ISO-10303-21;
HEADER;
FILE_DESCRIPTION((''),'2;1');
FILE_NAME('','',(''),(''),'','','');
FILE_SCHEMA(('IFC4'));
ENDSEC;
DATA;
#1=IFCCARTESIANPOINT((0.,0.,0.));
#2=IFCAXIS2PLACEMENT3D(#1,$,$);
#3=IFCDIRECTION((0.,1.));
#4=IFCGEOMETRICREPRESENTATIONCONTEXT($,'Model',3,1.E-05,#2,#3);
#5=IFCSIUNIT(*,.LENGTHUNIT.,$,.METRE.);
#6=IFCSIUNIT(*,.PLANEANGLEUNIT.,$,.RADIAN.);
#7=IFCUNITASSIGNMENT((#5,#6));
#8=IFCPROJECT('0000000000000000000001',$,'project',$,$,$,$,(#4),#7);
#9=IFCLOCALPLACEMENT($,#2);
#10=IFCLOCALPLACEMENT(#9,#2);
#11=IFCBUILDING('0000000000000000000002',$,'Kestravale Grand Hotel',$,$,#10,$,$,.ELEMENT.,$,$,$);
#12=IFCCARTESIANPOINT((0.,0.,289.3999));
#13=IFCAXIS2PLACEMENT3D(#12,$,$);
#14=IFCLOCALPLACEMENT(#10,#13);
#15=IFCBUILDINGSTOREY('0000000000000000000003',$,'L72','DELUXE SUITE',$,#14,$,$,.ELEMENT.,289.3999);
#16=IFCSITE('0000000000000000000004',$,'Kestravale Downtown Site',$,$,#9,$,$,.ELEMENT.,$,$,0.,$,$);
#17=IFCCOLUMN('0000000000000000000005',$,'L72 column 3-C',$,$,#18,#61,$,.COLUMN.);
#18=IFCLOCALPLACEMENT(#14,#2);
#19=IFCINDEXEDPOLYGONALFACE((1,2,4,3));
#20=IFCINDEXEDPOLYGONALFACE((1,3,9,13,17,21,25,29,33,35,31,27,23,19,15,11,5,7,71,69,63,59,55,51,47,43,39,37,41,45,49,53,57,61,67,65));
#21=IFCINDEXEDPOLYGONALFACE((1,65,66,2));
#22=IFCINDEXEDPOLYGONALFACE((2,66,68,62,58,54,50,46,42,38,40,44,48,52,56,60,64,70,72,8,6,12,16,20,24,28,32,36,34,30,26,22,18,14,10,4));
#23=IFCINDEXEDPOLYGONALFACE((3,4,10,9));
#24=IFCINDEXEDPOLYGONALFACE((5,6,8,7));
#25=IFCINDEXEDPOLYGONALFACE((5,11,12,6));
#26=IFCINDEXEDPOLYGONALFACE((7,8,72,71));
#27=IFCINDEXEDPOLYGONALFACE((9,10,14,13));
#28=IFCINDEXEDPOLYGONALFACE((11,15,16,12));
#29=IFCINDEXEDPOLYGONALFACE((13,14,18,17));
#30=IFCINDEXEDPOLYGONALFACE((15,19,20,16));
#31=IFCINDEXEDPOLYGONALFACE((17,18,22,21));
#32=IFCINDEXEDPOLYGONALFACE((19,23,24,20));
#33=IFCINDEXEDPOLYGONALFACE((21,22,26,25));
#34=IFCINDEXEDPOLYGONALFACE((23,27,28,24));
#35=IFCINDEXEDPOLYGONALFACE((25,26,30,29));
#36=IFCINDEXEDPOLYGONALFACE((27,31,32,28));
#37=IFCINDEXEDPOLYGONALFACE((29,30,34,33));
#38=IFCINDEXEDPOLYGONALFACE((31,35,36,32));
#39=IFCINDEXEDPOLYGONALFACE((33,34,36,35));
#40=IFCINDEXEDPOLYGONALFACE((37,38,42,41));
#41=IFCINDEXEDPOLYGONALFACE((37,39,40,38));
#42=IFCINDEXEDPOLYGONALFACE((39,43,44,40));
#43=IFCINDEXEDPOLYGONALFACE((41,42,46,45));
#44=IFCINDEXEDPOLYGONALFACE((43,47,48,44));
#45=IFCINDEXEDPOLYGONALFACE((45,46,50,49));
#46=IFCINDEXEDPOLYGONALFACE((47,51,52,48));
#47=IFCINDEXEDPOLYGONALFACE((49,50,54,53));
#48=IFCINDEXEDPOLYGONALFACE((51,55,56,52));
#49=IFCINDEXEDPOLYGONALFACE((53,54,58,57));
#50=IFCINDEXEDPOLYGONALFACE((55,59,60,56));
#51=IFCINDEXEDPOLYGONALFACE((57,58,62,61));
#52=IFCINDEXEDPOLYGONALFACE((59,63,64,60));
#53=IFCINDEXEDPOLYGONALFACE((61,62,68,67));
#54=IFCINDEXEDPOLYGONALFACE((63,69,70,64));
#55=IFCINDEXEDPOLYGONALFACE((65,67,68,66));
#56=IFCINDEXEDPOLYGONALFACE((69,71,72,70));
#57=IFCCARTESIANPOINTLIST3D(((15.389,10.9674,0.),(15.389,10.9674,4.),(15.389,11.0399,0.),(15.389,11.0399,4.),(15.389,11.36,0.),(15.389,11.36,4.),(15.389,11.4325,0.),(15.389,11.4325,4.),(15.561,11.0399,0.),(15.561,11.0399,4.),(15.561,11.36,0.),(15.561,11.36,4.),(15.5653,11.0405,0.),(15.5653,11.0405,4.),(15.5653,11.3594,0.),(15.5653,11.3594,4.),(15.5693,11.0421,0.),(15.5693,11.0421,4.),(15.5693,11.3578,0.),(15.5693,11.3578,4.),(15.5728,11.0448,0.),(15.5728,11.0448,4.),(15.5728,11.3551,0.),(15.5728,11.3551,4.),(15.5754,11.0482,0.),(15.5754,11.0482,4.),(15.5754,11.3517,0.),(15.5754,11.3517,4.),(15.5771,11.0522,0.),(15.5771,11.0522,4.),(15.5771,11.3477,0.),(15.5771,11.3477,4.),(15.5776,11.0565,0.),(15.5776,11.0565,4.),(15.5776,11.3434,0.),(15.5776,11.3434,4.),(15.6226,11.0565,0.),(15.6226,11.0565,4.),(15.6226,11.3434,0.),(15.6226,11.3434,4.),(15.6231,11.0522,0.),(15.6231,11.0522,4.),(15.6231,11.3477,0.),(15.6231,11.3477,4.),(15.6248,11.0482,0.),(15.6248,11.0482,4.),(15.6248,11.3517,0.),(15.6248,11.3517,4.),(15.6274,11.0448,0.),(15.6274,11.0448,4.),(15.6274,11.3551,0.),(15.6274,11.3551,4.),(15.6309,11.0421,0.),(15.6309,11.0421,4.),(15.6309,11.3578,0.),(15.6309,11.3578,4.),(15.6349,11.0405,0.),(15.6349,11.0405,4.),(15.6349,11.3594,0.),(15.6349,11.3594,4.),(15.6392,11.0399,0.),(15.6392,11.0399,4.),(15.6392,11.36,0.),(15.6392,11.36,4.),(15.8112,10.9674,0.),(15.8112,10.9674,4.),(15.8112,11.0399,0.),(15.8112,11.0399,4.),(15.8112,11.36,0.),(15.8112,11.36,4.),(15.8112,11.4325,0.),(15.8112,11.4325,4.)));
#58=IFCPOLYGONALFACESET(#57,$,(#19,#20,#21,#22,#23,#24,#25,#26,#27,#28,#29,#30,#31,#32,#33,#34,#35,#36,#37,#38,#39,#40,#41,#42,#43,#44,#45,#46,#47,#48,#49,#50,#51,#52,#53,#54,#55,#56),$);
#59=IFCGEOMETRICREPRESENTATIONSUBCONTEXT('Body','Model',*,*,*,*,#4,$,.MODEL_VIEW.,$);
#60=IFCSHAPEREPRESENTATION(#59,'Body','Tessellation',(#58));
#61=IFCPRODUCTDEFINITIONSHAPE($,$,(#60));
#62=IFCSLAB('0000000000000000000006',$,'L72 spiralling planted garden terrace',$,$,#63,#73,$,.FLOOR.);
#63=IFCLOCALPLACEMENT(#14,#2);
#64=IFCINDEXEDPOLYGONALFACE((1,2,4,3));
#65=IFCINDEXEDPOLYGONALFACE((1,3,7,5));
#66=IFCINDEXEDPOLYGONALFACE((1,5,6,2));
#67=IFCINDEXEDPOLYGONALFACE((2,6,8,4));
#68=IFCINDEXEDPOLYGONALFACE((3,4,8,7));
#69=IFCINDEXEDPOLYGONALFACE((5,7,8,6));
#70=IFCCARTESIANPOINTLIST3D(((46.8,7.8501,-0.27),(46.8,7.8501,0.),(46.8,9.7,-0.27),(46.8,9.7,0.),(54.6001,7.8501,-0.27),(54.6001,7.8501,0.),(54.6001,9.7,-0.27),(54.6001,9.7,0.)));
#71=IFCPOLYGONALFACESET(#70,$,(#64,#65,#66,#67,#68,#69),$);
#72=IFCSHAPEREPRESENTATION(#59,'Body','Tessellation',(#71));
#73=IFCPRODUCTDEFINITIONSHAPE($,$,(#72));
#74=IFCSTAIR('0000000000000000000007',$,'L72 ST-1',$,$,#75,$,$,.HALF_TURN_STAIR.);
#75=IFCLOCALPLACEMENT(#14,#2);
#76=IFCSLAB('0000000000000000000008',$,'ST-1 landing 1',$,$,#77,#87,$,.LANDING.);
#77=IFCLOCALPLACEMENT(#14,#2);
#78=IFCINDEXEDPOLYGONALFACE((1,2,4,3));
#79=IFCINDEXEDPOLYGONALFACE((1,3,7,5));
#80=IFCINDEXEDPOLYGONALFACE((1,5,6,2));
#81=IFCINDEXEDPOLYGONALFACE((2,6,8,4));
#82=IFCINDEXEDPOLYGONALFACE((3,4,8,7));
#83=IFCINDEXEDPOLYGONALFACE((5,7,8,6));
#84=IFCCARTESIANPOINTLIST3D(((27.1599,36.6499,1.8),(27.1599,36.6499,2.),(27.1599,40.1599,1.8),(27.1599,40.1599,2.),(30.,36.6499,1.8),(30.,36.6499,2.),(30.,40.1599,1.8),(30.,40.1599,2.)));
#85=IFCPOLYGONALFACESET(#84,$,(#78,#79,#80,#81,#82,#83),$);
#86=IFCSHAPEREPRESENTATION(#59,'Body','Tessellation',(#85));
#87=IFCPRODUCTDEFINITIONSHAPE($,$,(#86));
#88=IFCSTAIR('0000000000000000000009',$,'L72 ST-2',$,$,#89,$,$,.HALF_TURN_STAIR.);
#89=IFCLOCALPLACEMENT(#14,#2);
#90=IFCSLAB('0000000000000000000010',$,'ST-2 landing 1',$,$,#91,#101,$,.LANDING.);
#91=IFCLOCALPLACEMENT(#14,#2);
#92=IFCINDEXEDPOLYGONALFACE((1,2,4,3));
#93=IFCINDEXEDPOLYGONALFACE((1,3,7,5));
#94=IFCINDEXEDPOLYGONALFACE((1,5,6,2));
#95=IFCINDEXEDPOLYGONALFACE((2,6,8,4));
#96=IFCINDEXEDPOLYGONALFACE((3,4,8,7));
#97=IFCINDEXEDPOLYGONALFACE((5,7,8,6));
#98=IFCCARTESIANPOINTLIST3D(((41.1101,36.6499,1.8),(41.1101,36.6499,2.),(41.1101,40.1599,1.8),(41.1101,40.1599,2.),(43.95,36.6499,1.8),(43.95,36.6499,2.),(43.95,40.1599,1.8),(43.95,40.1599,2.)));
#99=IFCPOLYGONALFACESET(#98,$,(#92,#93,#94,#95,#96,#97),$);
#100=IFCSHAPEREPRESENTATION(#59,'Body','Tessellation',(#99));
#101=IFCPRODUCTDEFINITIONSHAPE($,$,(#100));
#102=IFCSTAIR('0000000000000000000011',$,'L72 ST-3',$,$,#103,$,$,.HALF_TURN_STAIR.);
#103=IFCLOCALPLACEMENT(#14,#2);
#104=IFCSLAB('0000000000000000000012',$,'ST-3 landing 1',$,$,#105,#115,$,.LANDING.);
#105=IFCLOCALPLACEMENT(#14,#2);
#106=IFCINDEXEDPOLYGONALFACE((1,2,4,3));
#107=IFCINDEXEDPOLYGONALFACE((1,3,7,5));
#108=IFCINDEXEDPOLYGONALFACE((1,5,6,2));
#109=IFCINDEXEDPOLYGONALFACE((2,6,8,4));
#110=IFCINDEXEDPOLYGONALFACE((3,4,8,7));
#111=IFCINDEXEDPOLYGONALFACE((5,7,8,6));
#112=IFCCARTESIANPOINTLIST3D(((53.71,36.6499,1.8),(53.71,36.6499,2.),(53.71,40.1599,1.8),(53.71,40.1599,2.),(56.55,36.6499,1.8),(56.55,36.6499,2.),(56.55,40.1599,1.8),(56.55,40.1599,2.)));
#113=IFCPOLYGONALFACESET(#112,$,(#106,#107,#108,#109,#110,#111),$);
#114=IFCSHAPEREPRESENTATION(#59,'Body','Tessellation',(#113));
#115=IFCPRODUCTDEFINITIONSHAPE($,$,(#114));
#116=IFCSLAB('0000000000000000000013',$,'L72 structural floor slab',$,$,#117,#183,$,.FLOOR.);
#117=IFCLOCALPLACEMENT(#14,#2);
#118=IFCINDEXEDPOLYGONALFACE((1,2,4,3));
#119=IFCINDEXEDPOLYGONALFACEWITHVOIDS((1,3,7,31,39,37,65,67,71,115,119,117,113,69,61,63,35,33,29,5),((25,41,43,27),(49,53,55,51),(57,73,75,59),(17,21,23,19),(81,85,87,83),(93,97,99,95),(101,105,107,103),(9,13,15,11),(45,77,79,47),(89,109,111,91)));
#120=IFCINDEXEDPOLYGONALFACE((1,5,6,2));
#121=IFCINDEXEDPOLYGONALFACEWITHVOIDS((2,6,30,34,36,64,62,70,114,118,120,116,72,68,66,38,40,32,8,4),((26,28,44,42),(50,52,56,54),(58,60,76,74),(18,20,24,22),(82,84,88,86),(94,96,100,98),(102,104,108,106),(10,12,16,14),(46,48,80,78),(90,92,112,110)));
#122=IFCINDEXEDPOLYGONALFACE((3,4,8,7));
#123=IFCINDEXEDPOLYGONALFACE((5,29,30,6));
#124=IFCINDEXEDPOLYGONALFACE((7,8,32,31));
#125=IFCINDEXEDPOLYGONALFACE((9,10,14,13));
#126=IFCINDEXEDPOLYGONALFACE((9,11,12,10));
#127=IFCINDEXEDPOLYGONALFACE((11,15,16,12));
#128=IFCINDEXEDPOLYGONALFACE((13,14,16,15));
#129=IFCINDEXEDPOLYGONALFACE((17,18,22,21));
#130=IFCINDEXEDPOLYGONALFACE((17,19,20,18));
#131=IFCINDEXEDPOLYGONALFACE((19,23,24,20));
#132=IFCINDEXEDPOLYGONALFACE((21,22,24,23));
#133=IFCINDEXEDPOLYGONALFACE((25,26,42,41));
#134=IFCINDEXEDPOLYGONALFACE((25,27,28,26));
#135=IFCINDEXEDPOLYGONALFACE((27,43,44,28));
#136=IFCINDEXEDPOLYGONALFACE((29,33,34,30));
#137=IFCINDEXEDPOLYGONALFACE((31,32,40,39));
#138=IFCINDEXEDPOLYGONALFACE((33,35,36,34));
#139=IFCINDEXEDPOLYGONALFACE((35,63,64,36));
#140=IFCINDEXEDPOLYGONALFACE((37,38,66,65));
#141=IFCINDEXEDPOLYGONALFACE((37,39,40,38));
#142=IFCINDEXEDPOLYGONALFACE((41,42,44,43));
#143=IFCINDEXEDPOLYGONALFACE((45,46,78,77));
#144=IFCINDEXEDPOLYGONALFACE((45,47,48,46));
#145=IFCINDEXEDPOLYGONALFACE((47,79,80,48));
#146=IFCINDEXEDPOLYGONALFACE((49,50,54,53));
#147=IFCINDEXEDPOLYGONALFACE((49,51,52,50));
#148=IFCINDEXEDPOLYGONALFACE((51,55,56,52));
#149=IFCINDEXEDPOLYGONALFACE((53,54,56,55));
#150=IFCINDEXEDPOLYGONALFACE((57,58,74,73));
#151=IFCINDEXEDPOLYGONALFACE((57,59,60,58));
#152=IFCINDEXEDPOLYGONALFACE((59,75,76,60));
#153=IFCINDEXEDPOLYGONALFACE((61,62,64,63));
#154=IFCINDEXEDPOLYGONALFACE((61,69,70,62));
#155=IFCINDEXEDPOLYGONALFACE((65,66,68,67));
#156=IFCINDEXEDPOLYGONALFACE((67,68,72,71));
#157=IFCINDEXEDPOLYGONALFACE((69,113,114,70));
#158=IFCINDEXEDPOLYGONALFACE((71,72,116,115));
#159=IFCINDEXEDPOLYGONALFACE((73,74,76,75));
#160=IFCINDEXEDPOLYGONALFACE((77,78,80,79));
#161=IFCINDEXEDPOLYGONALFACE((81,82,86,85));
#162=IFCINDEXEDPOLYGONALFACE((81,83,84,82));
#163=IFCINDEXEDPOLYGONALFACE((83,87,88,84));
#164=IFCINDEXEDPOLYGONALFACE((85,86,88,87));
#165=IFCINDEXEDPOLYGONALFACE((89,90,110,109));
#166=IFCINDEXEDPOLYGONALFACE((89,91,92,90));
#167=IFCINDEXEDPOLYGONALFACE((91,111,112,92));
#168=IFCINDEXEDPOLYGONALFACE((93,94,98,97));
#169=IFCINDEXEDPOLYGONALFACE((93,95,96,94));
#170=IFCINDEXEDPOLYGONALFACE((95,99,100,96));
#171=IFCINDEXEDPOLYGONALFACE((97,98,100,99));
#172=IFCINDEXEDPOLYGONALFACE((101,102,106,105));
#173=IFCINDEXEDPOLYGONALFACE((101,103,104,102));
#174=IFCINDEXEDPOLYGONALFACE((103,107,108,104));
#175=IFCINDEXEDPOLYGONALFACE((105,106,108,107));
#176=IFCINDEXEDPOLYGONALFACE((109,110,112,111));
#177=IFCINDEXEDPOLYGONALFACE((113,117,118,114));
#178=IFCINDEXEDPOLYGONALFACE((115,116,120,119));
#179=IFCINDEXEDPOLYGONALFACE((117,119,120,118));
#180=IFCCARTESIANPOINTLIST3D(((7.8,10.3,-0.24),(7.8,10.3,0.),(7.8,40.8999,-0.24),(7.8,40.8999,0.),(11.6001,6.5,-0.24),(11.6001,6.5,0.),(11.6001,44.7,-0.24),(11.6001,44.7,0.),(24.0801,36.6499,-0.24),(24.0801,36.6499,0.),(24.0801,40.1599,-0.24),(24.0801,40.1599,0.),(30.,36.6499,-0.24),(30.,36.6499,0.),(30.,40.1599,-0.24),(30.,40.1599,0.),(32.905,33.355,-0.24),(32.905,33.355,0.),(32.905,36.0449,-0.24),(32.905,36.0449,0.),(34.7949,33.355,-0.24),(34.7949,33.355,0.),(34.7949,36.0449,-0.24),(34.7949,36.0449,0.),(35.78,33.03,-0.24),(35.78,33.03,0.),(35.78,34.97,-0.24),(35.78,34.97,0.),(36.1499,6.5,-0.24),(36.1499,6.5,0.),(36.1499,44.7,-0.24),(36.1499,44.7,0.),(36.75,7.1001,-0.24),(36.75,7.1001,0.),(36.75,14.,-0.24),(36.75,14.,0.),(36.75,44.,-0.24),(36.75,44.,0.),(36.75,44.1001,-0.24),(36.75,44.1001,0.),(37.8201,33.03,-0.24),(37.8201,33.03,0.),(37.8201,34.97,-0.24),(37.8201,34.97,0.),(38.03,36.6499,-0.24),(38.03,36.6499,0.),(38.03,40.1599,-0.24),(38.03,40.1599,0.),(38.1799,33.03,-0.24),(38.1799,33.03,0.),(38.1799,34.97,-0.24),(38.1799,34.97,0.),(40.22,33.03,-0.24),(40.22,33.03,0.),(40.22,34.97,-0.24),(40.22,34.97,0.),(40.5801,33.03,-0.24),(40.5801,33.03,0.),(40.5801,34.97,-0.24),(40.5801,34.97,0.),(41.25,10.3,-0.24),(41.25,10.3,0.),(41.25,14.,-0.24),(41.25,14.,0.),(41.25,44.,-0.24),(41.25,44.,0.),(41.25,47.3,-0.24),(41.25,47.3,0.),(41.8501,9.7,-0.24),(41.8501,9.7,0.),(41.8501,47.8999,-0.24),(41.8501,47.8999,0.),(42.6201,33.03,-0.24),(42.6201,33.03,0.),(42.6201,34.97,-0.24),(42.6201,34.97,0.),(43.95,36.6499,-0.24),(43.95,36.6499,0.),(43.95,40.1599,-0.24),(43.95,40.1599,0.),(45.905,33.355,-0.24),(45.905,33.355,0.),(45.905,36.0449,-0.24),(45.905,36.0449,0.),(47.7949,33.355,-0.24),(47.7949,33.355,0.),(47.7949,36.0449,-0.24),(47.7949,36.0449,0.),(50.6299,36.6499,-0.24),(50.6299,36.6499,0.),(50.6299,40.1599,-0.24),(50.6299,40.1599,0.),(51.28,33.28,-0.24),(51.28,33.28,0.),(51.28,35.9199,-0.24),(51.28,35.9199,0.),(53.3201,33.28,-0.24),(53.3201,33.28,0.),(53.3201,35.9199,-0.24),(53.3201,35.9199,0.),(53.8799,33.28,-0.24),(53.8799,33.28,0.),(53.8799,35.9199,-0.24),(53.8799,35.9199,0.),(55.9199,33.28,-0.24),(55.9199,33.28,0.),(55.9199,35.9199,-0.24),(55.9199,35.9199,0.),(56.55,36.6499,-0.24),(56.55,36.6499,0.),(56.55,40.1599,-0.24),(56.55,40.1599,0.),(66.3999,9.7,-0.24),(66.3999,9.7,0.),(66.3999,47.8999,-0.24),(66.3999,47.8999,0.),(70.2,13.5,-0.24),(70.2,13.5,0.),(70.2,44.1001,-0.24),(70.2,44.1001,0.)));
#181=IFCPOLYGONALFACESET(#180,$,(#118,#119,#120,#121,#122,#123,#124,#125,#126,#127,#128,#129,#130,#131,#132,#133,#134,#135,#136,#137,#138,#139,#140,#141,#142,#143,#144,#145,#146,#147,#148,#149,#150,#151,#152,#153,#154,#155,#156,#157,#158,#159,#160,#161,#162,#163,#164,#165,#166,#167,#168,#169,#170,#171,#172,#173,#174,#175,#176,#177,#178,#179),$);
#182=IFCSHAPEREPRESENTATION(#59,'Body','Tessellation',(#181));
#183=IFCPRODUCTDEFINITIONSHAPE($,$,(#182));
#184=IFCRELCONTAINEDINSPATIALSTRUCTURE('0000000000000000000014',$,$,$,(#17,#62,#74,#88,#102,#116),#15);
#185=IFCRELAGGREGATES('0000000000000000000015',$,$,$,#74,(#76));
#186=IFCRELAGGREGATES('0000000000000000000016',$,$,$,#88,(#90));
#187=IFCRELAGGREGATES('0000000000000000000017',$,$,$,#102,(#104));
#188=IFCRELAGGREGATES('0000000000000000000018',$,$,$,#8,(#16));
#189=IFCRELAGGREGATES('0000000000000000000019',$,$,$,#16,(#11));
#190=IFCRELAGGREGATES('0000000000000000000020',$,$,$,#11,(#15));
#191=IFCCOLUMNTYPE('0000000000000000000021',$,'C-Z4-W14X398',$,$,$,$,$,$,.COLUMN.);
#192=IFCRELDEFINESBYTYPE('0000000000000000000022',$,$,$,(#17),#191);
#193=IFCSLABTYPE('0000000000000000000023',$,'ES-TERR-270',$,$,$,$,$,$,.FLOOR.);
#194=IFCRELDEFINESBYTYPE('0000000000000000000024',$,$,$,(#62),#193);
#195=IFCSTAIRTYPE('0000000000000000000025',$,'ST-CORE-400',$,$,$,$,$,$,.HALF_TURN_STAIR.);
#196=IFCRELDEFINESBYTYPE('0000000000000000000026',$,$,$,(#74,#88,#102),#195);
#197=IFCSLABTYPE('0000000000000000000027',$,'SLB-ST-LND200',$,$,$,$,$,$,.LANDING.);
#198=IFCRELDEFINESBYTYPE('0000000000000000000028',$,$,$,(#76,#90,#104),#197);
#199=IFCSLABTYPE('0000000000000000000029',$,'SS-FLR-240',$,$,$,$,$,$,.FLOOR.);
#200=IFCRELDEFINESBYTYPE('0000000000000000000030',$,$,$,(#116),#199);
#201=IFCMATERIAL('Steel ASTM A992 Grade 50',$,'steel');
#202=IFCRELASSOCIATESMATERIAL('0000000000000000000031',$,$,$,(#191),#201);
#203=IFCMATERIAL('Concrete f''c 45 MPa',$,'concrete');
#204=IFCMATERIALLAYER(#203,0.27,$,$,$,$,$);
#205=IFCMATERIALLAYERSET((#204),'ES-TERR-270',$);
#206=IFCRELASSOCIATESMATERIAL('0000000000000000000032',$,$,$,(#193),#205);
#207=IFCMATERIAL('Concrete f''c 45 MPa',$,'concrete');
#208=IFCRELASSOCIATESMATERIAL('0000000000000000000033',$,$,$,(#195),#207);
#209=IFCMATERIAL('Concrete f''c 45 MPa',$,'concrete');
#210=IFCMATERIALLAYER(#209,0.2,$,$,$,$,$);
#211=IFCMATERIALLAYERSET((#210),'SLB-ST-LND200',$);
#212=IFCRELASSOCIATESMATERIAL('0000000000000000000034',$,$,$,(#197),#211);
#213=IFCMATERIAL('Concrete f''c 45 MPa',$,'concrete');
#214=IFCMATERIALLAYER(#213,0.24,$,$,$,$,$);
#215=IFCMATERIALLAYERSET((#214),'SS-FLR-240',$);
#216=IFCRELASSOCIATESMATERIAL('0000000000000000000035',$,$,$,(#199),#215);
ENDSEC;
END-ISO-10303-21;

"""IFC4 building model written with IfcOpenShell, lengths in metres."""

from ifc_helpers import new_model, si_unit, direction, frame, origin, origin_2d, place, context, subcontext, project, spatial, polyline, i_section, outline, extrude, material, layer, layer_set, material_profile, profile_set, type_object, element, aggregate, save


model = new_model("IFC4")

# Units and contexts
model_context = context("Model", 3, precision=1e-05, world=origin(), true_north=direction((0.0, 1.0)))
body_context = subcontext(model_context, "Body", "Model", "MODEL_VIEW")
ifc_project = project(units=[si_unit("LENGTHUNIT", "METRE"), si_unit("PLANEANGLEUNIT", "RADIAN")], contexts=[model_context])

# Site, building, storey
site_placement = place(None, origin())
site = spatial("IfcSite", under=ifc_project, at=site_placement, Name="Kestravale Downtown Site", CompositionType="ELEMENT", RefElevation=0.0)
building_placement = place(site_placement, origin())
building = spatial("IfcBuilding", under=site, at=building_placement, Name="Kestravale Grand Hotel", CompositionType="ELEMENT")
storey_placement = place(building_placement, frame((0.0, 0.0, 289.3999)))
storey = spatial("IfcBuildingStorey", under=building, at=storey_placement, Name="L72", Description="DELUXE SUITE", CompositionType="ELEMENT", Elevation=289.3999)

# Column
ifc_material_1 = material(Name="Steel ASTM A992 Grade 50", Category="steel")
ifc_material_profile = material_profile(ifc_material_1, i_section(OverallWidth=0.4221, OverallDepth=0.4651, WebThickness=0.0449, FlangeThickness=0.0725, FilletRadius=0.0166, at=origin_2d()))
ifc_profile_set = profile_set([ifc_material_profile], Name="Steel ASTM A992 Grade 50")
column_type = type_object("IfcColumnType", Name="C-Z4-W14X398", PredefinedType="COLUMN", material=ifc_profile_set)
column_placement = place(storey_placement, frame((15.6001, 11.2, 0.0), z_axis=(0.0, 0.0, 1.0), x_axis=(1.0, 0.0, 0.0)))
element("IfcColumn", 1, at=column_placement, inside=storey, type_object=column_type, Name="L72 column 3-C", PredefinedType="COLUMN", context=body_context, shape_type="SweptSolid", body=[
    extrude(i_section(OverallWidth=0.4221, OverallDepth=0.4651, WebThickness=0.0449, FlangeThickness=0.0725, FilletRadius=0.0166, at=origin_2d()), origin(), (0.0, 0.0, 1.0), 4.0),
])

# Slab
ifc_material_2 = material(Name="Concrete f'c 45 MPa", Category="concrete")
ifc_layer_1 = layer(ifc_material_2, 0.27)
ifc_layer_set_1 = layer_set([ifc_layer_1], Name="ES-TERR-270")
slab_type_1 = type_object("IfcSlabType", Name="ES-TERR-270", PredefinedType="FLOOR", material=ifc_layer_set_1)
slab_1_placement = place(storey_placement, frame((0.0, 0.0, -0.27)))
element("IfcSlab", 2, at=slab_1_placement, inside=storey, type_object=slab_type_1, Name="L72 spiralling planted garden terrace", PredefinedType="FLOOR", context=body_context, shape_type="SweptSolid", body=[
    extrude(outline(polyline([(46.8, 7.8501), (54.6001, 7.8501), (54.6001, 9.7), (46.8, 9.7), (46.8, 7.8501)])), origin(), (0.0, 0.0, 1.0), 0.27),
])

# Stairs, slabs
ifc_material_3 = material(Name="Concrete f'c 45 MPa", Category="concrete")
stair_type = type_object("IfcStairType", Name="ST-CORE-400", PredefinedType="HALF_TURN_STAIR", material=ifc_material_3)
stair_1_placement = place(storey_placement, origin())
stair_1 = element("IfcStair", 3, at=stair_1_placement, inside=storey, type_object=stair_type, Name="L72 ST-1", PredefinedType="HALF_TURN_STAIR")
ifc_material_4 = material(Name="Concrete f'c 45 MPa", Category="concrete")
ifc_layer_2 = layer(ifc_material_4, 0.2)
ifc_layer_set_2 = layer_set([ifc_layer_2], Name="SLB-ST-LND200")
slab_type_2 = type_object("IfcSlabType", Name="SLB-ST-LND200", PredefinedType="LANDING", material=ifc_layer_set_2)
slab_2_placement = place(storey_placement, frame((0.0, 0.0, 1.8)))
slab_2 = element("IfcSlab", 4, at=slab_2_placement, type_object=slab_type_2, Name="ST-1 landing 1", PredefinedType="LANDING", context=body_context, shape_type="SweptSolid", body=[
    extrude(outline(polyline([(27.1599, 36.6499), (30.0, 36.6499), (30.0, 40.1599), (27.1599, 40.1599), (27.1599, 36.6499)])), origin(), (0.0, 0.0, 1.0), 0.2),
])
aggregate(stair_1, [slab_2])
stair_2_placement = place(storey_placement, origin())
stair_2 = element("IfcStair", 5, at=stair_2_placement, inside=storey, type_object=stair_type, Name="L72 ST-2", PredefinedType="HALF_TURN_STAIR")
slab_3_placement = place(storey_placement, frame((0.0, 0.0, 1.8)))
slab_3 = element("IfcSlab", 6, at=slab_3_placement, type_object=slab_type_2, Name="ST-2 landing 1", PredefinedType="LANDING", context=body_context, shape_type="SweptSolid", body=[
    extrude(outline(polyline([(41.1101, 36.6499), (43.95, 36.6499), (43.95, 40.1599), (41.1101, 40.1599), (41.1101, 36.6499)])), origin(), (0.0, 0.0, 1.0), 0.2),
])
aggregate(stair_2, [slab_3])
stair_3_placement = place(storey_placement, origin())
stair_3 = element("IfcStair", 7, at=stair_3_placement, inside=storey, type_object=stair_type, Name="L72 ST-3", PredefinedType="HALF_TURN_STAIR")
slab_4_placement = place(storey_placement, frame((0.0, 0.0, 1.8)))
slab_4 = element("IfcSlab", 8, at=slab_4_placement, type_object=slab_type_2, Name="ST-3 landing 1", PredefinedType="LANDING", context=body_context, shape_type="SweptSolid", body=[
    extrude(outline(polyline([(53.71, 36.6499), (56.55, 36.6499), (56.55, 40.1599), (53.71, 40.1599), (53.71, 36.6499)])), origin(), (0.0, 0.0, 1.0), 0.2),
])
aggregate(stair_3, [slab_4])

# Slab
ifc_material_5 = material(Name="Concrete f'c 45 MPa", Category="concrete")
ifc_layer_3 = layer(ifc_material_5, 0.24)
ifc_layer_set_3 = layer_set([ifc_layer_3], Name="SS-FLR-240")
slab_type_3 = type_object("IfcSlabType", Name="SS-FLR-240", PredefinedType="FLOOR", material=ifc_layer_set_3)
slab_5_placement = place(storey_placement, frame((0.0, 0.0, -0.24)))
element("IfcSlab", 9, at=slab_5_placement, inside=storey, type_object=slab_type_3, Name="L72 structural floor slab", PredefinedType="FLOOR", context=body_context, shape_type="SweptSolid", body=[
    extrude(outline(polyline([(11.6001, 6.5), (36.1499, 6.5), (36.75, 7.1001), (36.75, 14.0), (41.25, 14.0), (41.25, 10.3), (41.8501, 9.7), (66.3999, 9.7), (70.2, 13.5), (70.2, 44.1001), (66.3999, 47.8999), (41.8501, 47.8999), (41.25, 47.3), (41.25, 44.0), (36.75, 44.0), (36.75, 44.1001), (36.1499, 44.7), (11.6001, 44.7), (7.8, 40.8999), (7.8, 10.3), (11.6001, 6.5)]), holes=[polyline([(24.0801, 36.6499), (30.0, 36.6499), (30.0, 40.1599), (24.0801, 40.1599), (24.0801, 36.6499)]), polyline([(38.03, 36.6499), (43.95, 36.6499), (43.95, 40.1599), (38.03, 40.1599), (38.03, 36.6499)]), polyline([(50.6299, 36.6499), (56.55, 36.6499), (56.55, 40.1599), (50.6299, 40.1599), (50.6299, 36.6499)]), polyline([(35.78, 33.03), (37.8201, 33.03), (37.8201, 34.97), (35.78, 34.97), (35.78, 33.03)]), polyline([(38.1799, 33.03), (40.22, 33.03), (40.22, 34.97), (38.1799, 34.97), (38.1799, 33.03)]), polyline([(40.5801, 33.03), (42.6201, 33.03), (42.6201, 34.97), (40.5801, 34.97), (40.5801, 33.03)]), polyline([(32.905, 33.355), (34.7949, 33.355), (34.7949, 36.0449), (32.905, 36.0449), (32.905, 33.355)]), polyline([(45.905, 33.355), (47.7949, 33.355), (47.7949, 36.0449), (45.905, 36.0449), (45.905, 33.355)]), polyline([(51.28, 33.28), (53.3201, 33.28), (53.3201, 35.9199), (51.28, 35.9199), (51.28, 33.28)]), polyline([(53.8799, 33.28), (55.9199, 33.28), (55.9199, 35.9199), (53.8799, 35.9199), (53.8799, 33.28)])]), origin(), (0.0, 0.0, 1.0), 0.24),
])

save(model, "model.ifc")
